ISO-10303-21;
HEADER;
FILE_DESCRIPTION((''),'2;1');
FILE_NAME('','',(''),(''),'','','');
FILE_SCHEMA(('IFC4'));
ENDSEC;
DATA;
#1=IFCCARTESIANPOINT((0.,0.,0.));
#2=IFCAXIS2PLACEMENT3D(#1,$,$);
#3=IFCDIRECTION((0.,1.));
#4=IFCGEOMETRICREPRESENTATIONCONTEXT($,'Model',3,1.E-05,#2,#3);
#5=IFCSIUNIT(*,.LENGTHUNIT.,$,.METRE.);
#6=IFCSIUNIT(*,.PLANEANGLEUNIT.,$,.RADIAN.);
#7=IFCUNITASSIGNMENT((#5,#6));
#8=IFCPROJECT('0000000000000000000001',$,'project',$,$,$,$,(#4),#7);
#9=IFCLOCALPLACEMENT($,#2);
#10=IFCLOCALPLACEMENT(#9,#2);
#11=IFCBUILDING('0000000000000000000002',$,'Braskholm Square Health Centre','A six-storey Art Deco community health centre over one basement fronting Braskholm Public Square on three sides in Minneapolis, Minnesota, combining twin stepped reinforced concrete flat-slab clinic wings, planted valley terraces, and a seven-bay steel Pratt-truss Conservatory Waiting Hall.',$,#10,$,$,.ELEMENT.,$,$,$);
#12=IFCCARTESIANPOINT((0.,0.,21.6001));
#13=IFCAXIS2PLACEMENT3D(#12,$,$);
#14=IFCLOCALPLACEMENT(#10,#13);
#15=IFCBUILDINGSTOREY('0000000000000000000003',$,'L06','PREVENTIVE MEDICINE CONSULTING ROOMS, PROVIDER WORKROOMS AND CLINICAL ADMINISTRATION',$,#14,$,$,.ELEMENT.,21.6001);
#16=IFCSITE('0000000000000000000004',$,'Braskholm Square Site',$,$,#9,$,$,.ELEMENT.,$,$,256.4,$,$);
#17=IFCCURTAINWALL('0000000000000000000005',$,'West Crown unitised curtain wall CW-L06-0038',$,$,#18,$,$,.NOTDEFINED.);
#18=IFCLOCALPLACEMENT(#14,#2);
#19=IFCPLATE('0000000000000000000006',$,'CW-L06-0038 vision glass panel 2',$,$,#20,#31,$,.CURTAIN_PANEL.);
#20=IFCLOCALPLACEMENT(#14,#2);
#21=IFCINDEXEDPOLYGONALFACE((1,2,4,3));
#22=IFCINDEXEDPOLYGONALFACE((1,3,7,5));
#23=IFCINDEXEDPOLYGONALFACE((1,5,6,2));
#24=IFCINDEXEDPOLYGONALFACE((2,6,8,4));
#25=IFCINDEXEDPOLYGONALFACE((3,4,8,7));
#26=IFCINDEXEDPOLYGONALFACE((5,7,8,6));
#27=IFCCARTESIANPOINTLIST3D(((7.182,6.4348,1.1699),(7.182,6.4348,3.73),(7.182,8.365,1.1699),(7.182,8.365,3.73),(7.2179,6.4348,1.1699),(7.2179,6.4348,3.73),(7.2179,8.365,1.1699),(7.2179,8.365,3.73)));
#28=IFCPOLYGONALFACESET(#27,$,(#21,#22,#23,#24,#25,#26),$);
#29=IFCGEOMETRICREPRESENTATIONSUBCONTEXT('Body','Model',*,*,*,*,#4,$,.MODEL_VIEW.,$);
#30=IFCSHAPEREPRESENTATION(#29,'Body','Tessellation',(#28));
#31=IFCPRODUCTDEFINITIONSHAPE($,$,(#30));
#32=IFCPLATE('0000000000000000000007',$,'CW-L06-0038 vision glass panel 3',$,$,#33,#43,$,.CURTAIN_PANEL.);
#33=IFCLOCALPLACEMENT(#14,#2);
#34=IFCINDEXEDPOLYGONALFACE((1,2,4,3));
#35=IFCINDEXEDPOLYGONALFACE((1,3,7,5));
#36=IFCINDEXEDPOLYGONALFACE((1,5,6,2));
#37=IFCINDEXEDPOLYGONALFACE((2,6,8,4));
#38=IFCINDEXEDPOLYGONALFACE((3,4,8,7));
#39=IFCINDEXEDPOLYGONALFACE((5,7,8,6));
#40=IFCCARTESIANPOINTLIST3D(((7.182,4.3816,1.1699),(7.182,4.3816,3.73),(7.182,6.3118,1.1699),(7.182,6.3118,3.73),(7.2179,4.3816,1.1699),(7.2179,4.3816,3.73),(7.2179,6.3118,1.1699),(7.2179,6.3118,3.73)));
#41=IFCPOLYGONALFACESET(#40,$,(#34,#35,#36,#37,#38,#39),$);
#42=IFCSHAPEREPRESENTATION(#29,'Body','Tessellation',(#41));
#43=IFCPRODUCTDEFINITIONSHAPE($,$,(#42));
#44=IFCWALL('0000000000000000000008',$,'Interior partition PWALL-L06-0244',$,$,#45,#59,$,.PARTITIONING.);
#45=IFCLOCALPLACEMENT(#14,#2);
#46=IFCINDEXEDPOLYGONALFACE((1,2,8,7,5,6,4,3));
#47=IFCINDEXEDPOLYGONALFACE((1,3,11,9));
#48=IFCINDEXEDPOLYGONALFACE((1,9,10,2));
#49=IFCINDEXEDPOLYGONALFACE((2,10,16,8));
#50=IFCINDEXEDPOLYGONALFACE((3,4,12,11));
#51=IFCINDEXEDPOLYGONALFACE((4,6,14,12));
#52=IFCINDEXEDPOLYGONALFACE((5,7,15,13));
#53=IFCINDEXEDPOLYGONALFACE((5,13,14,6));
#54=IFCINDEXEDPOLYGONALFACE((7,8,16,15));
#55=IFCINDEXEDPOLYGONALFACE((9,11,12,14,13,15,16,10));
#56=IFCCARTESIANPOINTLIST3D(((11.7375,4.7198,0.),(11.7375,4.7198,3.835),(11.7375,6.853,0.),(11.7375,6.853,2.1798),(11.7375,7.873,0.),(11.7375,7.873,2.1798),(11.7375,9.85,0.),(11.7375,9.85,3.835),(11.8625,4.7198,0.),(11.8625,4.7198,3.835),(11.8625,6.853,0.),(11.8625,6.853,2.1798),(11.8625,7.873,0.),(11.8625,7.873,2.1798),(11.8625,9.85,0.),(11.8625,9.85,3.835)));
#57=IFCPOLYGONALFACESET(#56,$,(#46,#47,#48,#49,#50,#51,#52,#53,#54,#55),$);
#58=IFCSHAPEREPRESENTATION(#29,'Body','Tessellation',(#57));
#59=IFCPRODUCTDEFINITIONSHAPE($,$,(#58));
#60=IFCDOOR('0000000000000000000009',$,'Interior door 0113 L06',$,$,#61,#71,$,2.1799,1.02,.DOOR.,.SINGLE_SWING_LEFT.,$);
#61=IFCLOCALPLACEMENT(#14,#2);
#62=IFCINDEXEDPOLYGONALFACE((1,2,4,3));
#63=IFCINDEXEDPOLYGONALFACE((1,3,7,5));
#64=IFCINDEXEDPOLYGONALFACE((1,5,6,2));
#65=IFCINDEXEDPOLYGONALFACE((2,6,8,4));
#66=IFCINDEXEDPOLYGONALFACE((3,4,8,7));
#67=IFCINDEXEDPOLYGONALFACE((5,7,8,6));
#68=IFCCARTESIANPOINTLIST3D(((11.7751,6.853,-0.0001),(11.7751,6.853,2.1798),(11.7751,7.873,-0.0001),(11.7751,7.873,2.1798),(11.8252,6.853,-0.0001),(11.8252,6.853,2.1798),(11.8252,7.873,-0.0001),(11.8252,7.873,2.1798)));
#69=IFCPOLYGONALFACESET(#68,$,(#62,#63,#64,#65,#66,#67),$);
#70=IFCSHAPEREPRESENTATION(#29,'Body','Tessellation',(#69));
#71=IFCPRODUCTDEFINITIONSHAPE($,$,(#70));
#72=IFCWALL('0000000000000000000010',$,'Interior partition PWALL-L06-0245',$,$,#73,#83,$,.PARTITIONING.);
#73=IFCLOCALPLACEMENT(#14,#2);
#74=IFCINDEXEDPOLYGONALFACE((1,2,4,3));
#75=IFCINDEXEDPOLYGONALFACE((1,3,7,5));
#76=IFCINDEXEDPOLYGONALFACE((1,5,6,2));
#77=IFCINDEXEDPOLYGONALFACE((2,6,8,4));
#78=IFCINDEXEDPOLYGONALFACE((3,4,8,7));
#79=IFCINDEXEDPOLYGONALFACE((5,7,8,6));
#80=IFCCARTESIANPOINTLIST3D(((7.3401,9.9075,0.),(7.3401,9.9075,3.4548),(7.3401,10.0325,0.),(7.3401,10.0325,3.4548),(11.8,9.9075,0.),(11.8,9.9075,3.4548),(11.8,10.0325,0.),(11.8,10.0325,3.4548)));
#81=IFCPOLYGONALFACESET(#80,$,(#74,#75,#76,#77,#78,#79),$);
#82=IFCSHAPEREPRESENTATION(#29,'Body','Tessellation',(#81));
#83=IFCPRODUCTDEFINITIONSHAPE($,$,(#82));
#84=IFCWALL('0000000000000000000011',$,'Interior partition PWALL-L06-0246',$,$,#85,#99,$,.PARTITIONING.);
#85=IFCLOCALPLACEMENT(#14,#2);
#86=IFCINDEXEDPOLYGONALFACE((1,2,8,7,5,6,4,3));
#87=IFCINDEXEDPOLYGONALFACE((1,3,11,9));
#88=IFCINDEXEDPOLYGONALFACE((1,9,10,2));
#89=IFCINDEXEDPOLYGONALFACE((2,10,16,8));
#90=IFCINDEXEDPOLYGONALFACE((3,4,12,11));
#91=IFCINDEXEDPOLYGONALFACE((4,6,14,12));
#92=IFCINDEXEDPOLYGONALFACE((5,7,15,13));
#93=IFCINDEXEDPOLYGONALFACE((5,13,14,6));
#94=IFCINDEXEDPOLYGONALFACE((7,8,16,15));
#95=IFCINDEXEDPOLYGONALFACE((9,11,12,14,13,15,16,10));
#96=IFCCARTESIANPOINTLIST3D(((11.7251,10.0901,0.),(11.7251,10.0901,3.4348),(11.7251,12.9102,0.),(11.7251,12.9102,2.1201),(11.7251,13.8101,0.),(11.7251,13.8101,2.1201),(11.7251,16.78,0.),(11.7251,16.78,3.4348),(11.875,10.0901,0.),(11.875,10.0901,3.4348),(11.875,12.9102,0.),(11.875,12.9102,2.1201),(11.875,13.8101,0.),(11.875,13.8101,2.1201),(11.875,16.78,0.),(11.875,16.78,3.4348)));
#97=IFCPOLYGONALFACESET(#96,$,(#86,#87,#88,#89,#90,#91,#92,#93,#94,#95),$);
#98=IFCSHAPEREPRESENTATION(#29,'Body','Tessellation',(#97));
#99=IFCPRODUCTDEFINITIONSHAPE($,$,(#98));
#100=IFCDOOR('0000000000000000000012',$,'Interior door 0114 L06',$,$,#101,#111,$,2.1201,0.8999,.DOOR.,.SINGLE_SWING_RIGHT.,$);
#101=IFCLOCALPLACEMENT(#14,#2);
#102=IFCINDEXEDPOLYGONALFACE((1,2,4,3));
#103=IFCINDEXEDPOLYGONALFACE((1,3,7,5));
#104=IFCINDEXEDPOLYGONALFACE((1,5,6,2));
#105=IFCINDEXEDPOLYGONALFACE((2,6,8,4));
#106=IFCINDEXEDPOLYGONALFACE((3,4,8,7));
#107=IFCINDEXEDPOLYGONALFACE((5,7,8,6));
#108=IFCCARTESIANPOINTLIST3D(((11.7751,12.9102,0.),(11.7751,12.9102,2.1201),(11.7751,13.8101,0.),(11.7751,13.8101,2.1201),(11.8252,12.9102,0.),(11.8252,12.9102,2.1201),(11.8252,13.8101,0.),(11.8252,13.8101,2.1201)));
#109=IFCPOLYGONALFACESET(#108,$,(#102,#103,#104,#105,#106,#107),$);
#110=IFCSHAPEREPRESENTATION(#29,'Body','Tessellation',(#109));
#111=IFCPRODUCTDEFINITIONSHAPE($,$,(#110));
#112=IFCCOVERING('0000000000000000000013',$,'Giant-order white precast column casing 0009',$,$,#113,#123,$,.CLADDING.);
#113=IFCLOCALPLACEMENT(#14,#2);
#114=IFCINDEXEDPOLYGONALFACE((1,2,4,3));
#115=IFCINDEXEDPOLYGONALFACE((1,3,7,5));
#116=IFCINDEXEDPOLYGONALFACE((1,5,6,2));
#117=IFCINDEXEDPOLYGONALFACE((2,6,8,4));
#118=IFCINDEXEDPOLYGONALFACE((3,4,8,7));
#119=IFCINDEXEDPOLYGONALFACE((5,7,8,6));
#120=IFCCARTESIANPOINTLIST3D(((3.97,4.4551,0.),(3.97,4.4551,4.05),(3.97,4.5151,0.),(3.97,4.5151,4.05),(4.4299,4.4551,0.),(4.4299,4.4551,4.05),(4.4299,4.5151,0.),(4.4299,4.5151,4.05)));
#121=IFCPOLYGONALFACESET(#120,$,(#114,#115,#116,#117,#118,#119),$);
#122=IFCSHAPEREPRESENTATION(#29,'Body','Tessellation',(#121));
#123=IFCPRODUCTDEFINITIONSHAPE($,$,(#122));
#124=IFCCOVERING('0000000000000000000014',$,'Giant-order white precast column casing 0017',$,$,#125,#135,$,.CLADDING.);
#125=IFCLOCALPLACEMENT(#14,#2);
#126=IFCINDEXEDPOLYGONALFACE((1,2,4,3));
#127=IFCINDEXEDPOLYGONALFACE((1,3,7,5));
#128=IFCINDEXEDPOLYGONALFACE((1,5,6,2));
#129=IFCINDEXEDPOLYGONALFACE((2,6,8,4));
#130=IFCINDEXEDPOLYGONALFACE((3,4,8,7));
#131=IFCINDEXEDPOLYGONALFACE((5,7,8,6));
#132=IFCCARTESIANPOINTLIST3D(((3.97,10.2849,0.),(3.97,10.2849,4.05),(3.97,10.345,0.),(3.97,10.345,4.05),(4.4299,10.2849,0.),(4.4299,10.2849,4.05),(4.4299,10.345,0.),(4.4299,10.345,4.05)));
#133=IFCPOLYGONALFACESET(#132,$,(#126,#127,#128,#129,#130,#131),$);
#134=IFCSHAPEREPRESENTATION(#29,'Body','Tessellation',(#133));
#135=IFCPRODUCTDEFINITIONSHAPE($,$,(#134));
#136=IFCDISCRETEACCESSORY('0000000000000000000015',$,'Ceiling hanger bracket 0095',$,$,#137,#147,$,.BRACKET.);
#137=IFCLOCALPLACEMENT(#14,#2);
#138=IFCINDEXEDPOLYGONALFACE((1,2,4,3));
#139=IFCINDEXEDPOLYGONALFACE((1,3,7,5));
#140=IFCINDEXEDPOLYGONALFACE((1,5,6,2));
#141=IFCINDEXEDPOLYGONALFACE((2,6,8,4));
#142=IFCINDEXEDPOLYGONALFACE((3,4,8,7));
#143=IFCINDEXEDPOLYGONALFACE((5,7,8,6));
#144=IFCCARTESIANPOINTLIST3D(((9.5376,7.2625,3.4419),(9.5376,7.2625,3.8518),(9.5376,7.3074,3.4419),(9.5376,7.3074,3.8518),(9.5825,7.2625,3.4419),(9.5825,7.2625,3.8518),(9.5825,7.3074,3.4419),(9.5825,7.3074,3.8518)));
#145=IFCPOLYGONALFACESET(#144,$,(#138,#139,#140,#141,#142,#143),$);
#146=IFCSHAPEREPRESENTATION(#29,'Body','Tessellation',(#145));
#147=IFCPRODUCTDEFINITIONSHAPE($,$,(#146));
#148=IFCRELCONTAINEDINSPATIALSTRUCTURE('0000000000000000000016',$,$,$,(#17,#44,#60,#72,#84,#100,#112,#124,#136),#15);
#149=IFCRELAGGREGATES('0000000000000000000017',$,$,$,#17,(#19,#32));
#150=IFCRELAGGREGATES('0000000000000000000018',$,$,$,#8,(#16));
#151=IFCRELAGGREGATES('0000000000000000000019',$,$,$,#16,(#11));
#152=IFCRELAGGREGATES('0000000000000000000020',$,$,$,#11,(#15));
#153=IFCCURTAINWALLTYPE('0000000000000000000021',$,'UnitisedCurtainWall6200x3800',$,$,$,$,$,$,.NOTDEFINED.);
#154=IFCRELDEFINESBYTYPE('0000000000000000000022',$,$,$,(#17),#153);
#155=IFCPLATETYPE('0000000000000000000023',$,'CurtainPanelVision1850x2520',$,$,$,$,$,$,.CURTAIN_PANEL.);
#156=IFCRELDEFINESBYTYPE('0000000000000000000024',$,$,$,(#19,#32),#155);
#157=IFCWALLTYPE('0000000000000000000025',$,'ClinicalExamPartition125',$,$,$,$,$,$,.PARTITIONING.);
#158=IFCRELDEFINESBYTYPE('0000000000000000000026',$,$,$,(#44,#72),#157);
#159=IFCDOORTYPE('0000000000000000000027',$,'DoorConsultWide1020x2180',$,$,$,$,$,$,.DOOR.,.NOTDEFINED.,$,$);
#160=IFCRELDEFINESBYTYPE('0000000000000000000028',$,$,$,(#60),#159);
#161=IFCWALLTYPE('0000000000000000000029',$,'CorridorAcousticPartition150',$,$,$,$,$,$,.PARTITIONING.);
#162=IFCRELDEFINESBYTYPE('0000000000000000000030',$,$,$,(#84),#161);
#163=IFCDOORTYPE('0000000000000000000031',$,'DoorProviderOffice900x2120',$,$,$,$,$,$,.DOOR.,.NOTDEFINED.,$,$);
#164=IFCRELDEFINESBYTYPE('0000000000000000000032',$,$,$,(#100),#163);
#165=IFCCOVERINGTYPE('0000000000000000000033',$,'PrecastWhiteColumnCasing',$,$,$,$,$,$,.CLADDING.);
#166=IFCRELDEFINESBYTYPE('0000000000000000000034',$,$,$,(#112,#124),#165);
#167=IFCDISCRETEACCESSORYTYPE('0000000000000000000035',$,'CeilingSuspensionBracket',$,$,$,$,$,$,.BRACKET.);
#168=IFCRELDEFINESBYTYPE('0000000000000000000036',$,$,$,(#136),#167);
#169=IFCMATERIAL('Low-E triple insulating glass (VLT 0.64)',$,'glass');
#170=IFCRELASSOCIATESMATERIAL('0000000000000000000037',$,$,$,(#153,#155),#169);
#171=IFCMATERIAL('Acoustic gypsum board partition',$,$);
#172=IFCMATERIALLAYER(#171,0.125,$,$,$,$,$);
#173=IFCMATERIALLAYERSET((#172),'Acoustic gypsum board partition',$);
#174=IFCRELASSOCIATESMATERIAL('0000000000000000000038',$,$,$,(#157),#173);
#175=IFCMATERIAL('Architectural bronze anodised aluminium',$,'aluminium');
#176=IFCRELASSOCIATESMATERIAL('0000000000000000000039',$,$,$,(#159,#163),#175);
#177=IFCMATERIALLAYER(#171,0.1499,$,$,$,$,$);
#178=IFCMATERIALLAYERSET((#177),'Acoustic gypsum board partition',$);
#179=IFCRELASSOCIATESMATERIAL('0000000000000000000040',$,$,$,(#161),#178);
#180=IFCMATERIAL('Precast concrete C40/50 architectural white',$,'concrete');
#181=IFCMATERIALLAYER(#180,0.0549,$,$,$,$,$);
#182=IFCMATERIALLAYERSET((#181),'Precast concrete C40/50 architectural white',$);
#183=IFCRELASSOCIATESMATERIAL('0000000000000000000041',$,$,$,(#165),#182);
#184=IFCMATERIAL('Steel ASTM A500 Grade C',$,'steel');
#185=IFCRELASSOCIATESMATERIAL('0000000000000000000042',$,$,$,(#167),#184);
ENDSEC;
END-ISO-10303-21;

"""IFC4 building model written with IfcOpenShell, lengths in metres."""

from ifc_helpers import new_model, si_unit, direction, frame, frame_2d, origin, origin_with_axes, origin_2d, place, context, subcontext, project, spatial, rectangle, extrude, material, layer, layer_set, type_object, element, fill, aggregate, save


model = new_model("IFC4")

# Units and contexts
model_context = context("Model", 3, precision=1e-05, world=origin(), true_north=direction((0.0, 1.0)))
body_context = subcontext(model_context, "Body", "Model", "MODEL_VIEW")
ifc_project = project(units=[si_unit("LENGTHUNIT", "METRE"), si_unit("PLANEANGLEUNIT", "RADIAN")], contexts=[model_context])

# Site, building, storey
site_placement = place(None, origin())
site = spatial("IfcSite", under=ifc_project, at=site_placement, Name="Braskholm Square Site", CompositionType="ELEMENT", RefElevation=256.4)
building_placement = place(site_placement, origin())
building = spatial("IfcBuilding", under=site, at=building_placement, Name="Braskholm Square Health Centre", Description="A six-storey Art Deco community health centre over one basement fronting Braskholm Public Square on three sides in Minneapolis, Minnesota, combining twin stepped reinforced concrete flat-slab clinic wings, planted valley terraces, and a seven-bay steel Pratt-truss Conservatory Waiting Hall.", CompositionType="ELEMENT")
storey_placement = place(building_placement, frame((0.0, 0.0, 21.6001)))
storey = spatial("IfcBuildingStorey", under=building, at=storey_placement, Name="L06", Description="PREVENTIVE MEDICINE CONSULTING ROOMS, PROVIDER WORKROOMS AND CLINICAL ADMINISTRATION", CompositionType="ELEMENT", Elevation=21.6001)

# Curtain wall
ifc_material_1 = material(Name="Low-E triple insulating glass (VLT 0.64)", Category="glass")
curtain_wall_type_1 = type_object("IfcCurtainWallType", Name="UnitisedCurtainWall6200x3800", PredefinedType="NOTDEFINED", material=ifc_material_1)
curtain_wall_1_placement = place(storey_placement, origin())
curtain_wall_1 = element("IfcCurtainWall", 1, at=curtain_wall_1_placement, inside=storey, type_object=curtain_wall_type_1, Name="West Crown unitised curtain wall CW-L06-0038", PredefinedType="NOTDEFINED")
ifc_material_2 = material(Name="Architectural bronze anodised aluminium", Category="aluminium")

# Shared definitions
ifc_material_3 = material(Name="Precast concrete C40/50 architectural white", Category="concrete")

# Plates
plate_type_1 = type_object("IfcPlateType", Name="CurtainPanelVision1850x2520", PredefinedType="CURTAIN_PANEL", material=ifc_material_1)
plate_1_placement = place(storey_placement, frame((7.2, 7.3999, 1.1699), z_axis=(0.0, 0.0, 1.0), x_axis=(0.0, -1.0, 0.0)))
plate_1 = element("IfcPlate", 2, at=plate_1_placement, type_object=plate_type_1, Name="CW-L06-0038 vision glass panel 2", PredefinedType="CURTAIN_PANEL", context=body_context, shape_type="SweptSolid", body=[
    extrude(rectangle(XDim=1.9302, YDim=0.0359, at=origin_2d()), origin(), (0.0, 0.0, 1.0), 2.5601),
])
plate_2_placement = place(storey_placement, frame((7.2, 5.3467, 1.1699), z_axis=(0.0, 0.0, 1.0), x_axis=(0.0, -1.0, 0.0)))
plate_2 = element("IfcPlate", 3, at=plate_2_placement, type_object=plate_type_1, Name="CW-L06-0038 vision glass panel 3", PredefinedType="CURTAIN_PANEL", context=body_context, shape_type="SweptSolid", body=[
    extrude(rectangle(XDim=1.9302, YDim=0.0359, at=origin_2d()), origin(), (0.0, 0.0, 1.0), 2.5601),
])
aggregate(curtain_wall_1, [plate_1, plate_2])

# Wall, opening, door
ifc_material_4 = material(Name="Acoustic gypsum board partition")
ifc_layer_1 = layer(ifc_material_4, 0.125)
ifc_layer_set_1 = layer_set([ifc_layer_1], Name="Acoustic gypsum board partition")
wall_type_1 = type_object("IfcWallType", Name="ClinicalExamPartition125", PredefinedType="PARTITIONING", material=ifc_layer_set_1)
wall_1_placement = place(storey_placement, frame((11.8, 4.72, 0.0), z_axis=(0.0, 0.0, 1.0), x_axis=(0.0, 1.0, 0.0)))
wall_1 = element("IfcWall", 4, at=wall_1_placement, inside=storey, type_object=wall_type_1, Name="Interior partition PWALL-L06-0244", PredefinedType="PARTITIONING", context=body_context, shape_type="SweptSolid", body=[
    extrude(rectangle(XDim=5.1301, YDim=0.125, at=frame_2d((2.5649, 0.0))), origin(), (0.0, 0.0, 1.0), 3.835),
])
opening_1_placement = place(wall_1_placement, frame((2.1331, 0.0, 0.0)))
opening_1 = element("IfcOpeningElement", 5, at=opening_1_placement, cuts=wall_1, PredefinedType="OPENING", context=body_context, shape_type="SweptSolid", body=[
    extrude(rectangle(XDim=1.02, YDim=2.1799, at=frame_2d((0.51, 1.0898))), frame((0.0, 0.0725, 0.0), z_axis=(0.0, -1.0, 0.0), x_axis=(1.0, 0.0, 0.0)), (0.0, 0.0, 1.0), 0.145),
])
door_type_1 = type_object("IfcDoorType", Name="DoorConsultWide1020x2180", OperationType="NOTDEFINED", PredefinedType="DOOR", material=ifc_material_2)
door_1_placement = place(opening_1_placement, origin_with_axes())
door_1 = element("IfcDoor", 6, at=door_1_placement, inside=storey, type_object=door_type_1, Name="Interior door 0113 L06", OperationType="SINGLE_SWING_LEFT", OverallHeight=2.1799, OverallWidth=1.02, PredefinedType="DOOR", context=body_context, shape_type="SweptSolid", body=[
    extrude(rectangle(XDim=1.02, YDim=2.1799, at=frame_2d((0.51, 1.0898))), frame((0.0, 0.0249, 0.0), z_axis=(0.0, -1.0, 0.0), x_axis=(1.0, 0.0, 0.0)), (0.0, 0.0, 1.0), 0.05),
])
fill(opening_1, door_1)

# Wall
wall_2_placement = place(storey_placement, frame((7.3401, 9.97, 0.0), z_axis=(0.0, 0.0, 1.0), x_axis=(1.0, 0.0, 0.0)))
element("IfcWall", 7, at=wall_2_placement, inside=storey, type_object=wall_type_1, Name="Interior partition PWALL-L06-0245", PredefinedType="PARTITIONING", context=body_context, shape_type="SweptSolid", body=[
    extrude(rectangle(XDim=4.46, YDim=0.125, at=frame_2d((2.23, 0.0))), origin(), (0.0, 0.0, 1.0), 3.4548),
])

# Wall, opening, door
ifc_layer_2 = layer(ifc_material_4, 0.1499)
ifc_layer_set_2 = layer_set([ifc_layer_2], Name="Acoustic gypsum board partition")
wall_type_2 = type_object("IfcWallType", Name="CorridorAcousticPartition150", PredefinedType="PARTITIONING", material=ifc_layer_set_2)
wall_3_placement = place(storey_placement, frame((11.8, 10.0901, 0.0), z_axis=(0.0, 0.0, 1.0), x_axis=(0.0, 1.0, 0.0)))
wall_3 = element("IfcWall", 8, at=wall_3_placement, inside=storey, type_object=wall_type_2, Name="Interior partition PWALL-L06-0246", PredefinedType="PARTITIONING", context=body_context, shape_type="SweptSolid", body=[
    extrude(rectangle(XDim=6.6899, YDim=0.1499, at=frame_2d((3.345, 0.0))), origin(), (0.0, 0.0, 1.0), 3.4348),
])
opening_2_placement = place(wall_3_placement, frame((2.8201, 0.0, 0.0)))
opening_2 = element("IfcOpeningElement", 9, at=opening_2_placement, cuts=wall_3, PredefinedType="OPENING", context=body_context, shape_type="SweptSolid", body=[
    extrude(rectangle(XDim=0.8999, YDim=2.1201, at=frame_2d((0.45, 1.0601))), frame((0.0, 0.085, 0.0), z_axis=(0.0, -1.0, 0.0), x_axis=(1.0, 0.0, 0.0)), (0.0, 0.0, 1.0), 0.1699),
])
door_type_2 = type_object("IfcDoorType", Name="DoorProviderOffice900x2120", OperationType="NOTDEFINED", PredefinedType="DOOR", material=ifc_material_2)
door_2_placement = place(opening_2_placement, origin_with_axes())
door_2 = element("IfcDoor", 10, at=door_2_placement, inside=storey, type_object=door_type_2, Name="Interior door 0114 L06", OperationType="SINGLE_SWING_RIGHT", OverallHeight=2.1201, OverallWidth=0.8999, PredefinedType="DOOR", context=body_context, shape_type="SweptSolid", body=[
    extrude(rectangle(XDim=0.8999, YDim=2.1201, at=frame_2d((0.45, 1.0601))), frame((0.0, 0.0249, 0.0), z_axis=(0.0, -1.0, 0.0), x_axis=(1.0, 0.0, 0.0)), (0.0, 0.0, 1.0), 0.05),
])
fill(opening_2, door_2)

# Coverings
ifc_layer_3 = layer(ifc_material_3, 0.0549)
ifc_layer_set_3 = layer_set([ifc_layer_3], Name="Precast concrete C40/50 architectural white")
covering_type = type_object("IfcCoveringType", Name="PrecastWhiteColumnCasing", PredefinedType="CLADDING", material=ifc_layer_set_3)
for number, where, z_axis, x_axis, name in (
    (11, (4.2, 4.4851, 0.0), (0.0, 0.0, 1.0), (1.0, 0.0, 0.0), "Giant-order white precast column casing 0009"),
    (12, (4.2, 10.3149, 0.0), (0.0, 0.0, 1.0), (1.0, 0.0, 0.0), "Giant-order white precast column casing 0017"),
):
    element("IfcCovering", number, at=place(storey_placement, frame(where, z_axis=z_axis, x_axis=x_axis)), inside=storey, type_object=covering_type, Name=name, PredefinedType="CLADDING", context=body_context, shape_type="SweptSolid", body=[
        extrude(rectangle(XDim=0.46, YDim=0.0601, at=origin_2d()), origin(), (0.0, 0.0, 1.0), 4.05),
    ])

# Discrete accessory
ifc_material_5 = material(Name="Steel ASTM A500 Grade C", Category="steel")
discrete_accessory_type = type_object("IfcDiscreteAccessoryType", Name="CeilingSuspensionBracket", PredefinedType="BRACKET", material=ifc_material_5)
discrete_accessory_placement = place(storey_placement, frame((9.5601, 7.2849, 3.4419), z_axis=(0.0, 0.0, 1.0), x_axis=(1.0, 0.0, 0.0)))
element("IfcDiscreteAccessory", 13, at=discrete_accessory_placement, inside=storey, type_object=discrete_accessory_type, Name="Ceiling hanger bracket 0095", PredefinedType="BRACKET", context=body_context, shape_type="SweptSolid", body=[
    extrude(rectangle(XDim=0.0449, YDim=0.0449, at=origin_2d()), origin(), (0.0, 0.0, 1.0), 0.4099),
])

save(model, "model.ifc")
